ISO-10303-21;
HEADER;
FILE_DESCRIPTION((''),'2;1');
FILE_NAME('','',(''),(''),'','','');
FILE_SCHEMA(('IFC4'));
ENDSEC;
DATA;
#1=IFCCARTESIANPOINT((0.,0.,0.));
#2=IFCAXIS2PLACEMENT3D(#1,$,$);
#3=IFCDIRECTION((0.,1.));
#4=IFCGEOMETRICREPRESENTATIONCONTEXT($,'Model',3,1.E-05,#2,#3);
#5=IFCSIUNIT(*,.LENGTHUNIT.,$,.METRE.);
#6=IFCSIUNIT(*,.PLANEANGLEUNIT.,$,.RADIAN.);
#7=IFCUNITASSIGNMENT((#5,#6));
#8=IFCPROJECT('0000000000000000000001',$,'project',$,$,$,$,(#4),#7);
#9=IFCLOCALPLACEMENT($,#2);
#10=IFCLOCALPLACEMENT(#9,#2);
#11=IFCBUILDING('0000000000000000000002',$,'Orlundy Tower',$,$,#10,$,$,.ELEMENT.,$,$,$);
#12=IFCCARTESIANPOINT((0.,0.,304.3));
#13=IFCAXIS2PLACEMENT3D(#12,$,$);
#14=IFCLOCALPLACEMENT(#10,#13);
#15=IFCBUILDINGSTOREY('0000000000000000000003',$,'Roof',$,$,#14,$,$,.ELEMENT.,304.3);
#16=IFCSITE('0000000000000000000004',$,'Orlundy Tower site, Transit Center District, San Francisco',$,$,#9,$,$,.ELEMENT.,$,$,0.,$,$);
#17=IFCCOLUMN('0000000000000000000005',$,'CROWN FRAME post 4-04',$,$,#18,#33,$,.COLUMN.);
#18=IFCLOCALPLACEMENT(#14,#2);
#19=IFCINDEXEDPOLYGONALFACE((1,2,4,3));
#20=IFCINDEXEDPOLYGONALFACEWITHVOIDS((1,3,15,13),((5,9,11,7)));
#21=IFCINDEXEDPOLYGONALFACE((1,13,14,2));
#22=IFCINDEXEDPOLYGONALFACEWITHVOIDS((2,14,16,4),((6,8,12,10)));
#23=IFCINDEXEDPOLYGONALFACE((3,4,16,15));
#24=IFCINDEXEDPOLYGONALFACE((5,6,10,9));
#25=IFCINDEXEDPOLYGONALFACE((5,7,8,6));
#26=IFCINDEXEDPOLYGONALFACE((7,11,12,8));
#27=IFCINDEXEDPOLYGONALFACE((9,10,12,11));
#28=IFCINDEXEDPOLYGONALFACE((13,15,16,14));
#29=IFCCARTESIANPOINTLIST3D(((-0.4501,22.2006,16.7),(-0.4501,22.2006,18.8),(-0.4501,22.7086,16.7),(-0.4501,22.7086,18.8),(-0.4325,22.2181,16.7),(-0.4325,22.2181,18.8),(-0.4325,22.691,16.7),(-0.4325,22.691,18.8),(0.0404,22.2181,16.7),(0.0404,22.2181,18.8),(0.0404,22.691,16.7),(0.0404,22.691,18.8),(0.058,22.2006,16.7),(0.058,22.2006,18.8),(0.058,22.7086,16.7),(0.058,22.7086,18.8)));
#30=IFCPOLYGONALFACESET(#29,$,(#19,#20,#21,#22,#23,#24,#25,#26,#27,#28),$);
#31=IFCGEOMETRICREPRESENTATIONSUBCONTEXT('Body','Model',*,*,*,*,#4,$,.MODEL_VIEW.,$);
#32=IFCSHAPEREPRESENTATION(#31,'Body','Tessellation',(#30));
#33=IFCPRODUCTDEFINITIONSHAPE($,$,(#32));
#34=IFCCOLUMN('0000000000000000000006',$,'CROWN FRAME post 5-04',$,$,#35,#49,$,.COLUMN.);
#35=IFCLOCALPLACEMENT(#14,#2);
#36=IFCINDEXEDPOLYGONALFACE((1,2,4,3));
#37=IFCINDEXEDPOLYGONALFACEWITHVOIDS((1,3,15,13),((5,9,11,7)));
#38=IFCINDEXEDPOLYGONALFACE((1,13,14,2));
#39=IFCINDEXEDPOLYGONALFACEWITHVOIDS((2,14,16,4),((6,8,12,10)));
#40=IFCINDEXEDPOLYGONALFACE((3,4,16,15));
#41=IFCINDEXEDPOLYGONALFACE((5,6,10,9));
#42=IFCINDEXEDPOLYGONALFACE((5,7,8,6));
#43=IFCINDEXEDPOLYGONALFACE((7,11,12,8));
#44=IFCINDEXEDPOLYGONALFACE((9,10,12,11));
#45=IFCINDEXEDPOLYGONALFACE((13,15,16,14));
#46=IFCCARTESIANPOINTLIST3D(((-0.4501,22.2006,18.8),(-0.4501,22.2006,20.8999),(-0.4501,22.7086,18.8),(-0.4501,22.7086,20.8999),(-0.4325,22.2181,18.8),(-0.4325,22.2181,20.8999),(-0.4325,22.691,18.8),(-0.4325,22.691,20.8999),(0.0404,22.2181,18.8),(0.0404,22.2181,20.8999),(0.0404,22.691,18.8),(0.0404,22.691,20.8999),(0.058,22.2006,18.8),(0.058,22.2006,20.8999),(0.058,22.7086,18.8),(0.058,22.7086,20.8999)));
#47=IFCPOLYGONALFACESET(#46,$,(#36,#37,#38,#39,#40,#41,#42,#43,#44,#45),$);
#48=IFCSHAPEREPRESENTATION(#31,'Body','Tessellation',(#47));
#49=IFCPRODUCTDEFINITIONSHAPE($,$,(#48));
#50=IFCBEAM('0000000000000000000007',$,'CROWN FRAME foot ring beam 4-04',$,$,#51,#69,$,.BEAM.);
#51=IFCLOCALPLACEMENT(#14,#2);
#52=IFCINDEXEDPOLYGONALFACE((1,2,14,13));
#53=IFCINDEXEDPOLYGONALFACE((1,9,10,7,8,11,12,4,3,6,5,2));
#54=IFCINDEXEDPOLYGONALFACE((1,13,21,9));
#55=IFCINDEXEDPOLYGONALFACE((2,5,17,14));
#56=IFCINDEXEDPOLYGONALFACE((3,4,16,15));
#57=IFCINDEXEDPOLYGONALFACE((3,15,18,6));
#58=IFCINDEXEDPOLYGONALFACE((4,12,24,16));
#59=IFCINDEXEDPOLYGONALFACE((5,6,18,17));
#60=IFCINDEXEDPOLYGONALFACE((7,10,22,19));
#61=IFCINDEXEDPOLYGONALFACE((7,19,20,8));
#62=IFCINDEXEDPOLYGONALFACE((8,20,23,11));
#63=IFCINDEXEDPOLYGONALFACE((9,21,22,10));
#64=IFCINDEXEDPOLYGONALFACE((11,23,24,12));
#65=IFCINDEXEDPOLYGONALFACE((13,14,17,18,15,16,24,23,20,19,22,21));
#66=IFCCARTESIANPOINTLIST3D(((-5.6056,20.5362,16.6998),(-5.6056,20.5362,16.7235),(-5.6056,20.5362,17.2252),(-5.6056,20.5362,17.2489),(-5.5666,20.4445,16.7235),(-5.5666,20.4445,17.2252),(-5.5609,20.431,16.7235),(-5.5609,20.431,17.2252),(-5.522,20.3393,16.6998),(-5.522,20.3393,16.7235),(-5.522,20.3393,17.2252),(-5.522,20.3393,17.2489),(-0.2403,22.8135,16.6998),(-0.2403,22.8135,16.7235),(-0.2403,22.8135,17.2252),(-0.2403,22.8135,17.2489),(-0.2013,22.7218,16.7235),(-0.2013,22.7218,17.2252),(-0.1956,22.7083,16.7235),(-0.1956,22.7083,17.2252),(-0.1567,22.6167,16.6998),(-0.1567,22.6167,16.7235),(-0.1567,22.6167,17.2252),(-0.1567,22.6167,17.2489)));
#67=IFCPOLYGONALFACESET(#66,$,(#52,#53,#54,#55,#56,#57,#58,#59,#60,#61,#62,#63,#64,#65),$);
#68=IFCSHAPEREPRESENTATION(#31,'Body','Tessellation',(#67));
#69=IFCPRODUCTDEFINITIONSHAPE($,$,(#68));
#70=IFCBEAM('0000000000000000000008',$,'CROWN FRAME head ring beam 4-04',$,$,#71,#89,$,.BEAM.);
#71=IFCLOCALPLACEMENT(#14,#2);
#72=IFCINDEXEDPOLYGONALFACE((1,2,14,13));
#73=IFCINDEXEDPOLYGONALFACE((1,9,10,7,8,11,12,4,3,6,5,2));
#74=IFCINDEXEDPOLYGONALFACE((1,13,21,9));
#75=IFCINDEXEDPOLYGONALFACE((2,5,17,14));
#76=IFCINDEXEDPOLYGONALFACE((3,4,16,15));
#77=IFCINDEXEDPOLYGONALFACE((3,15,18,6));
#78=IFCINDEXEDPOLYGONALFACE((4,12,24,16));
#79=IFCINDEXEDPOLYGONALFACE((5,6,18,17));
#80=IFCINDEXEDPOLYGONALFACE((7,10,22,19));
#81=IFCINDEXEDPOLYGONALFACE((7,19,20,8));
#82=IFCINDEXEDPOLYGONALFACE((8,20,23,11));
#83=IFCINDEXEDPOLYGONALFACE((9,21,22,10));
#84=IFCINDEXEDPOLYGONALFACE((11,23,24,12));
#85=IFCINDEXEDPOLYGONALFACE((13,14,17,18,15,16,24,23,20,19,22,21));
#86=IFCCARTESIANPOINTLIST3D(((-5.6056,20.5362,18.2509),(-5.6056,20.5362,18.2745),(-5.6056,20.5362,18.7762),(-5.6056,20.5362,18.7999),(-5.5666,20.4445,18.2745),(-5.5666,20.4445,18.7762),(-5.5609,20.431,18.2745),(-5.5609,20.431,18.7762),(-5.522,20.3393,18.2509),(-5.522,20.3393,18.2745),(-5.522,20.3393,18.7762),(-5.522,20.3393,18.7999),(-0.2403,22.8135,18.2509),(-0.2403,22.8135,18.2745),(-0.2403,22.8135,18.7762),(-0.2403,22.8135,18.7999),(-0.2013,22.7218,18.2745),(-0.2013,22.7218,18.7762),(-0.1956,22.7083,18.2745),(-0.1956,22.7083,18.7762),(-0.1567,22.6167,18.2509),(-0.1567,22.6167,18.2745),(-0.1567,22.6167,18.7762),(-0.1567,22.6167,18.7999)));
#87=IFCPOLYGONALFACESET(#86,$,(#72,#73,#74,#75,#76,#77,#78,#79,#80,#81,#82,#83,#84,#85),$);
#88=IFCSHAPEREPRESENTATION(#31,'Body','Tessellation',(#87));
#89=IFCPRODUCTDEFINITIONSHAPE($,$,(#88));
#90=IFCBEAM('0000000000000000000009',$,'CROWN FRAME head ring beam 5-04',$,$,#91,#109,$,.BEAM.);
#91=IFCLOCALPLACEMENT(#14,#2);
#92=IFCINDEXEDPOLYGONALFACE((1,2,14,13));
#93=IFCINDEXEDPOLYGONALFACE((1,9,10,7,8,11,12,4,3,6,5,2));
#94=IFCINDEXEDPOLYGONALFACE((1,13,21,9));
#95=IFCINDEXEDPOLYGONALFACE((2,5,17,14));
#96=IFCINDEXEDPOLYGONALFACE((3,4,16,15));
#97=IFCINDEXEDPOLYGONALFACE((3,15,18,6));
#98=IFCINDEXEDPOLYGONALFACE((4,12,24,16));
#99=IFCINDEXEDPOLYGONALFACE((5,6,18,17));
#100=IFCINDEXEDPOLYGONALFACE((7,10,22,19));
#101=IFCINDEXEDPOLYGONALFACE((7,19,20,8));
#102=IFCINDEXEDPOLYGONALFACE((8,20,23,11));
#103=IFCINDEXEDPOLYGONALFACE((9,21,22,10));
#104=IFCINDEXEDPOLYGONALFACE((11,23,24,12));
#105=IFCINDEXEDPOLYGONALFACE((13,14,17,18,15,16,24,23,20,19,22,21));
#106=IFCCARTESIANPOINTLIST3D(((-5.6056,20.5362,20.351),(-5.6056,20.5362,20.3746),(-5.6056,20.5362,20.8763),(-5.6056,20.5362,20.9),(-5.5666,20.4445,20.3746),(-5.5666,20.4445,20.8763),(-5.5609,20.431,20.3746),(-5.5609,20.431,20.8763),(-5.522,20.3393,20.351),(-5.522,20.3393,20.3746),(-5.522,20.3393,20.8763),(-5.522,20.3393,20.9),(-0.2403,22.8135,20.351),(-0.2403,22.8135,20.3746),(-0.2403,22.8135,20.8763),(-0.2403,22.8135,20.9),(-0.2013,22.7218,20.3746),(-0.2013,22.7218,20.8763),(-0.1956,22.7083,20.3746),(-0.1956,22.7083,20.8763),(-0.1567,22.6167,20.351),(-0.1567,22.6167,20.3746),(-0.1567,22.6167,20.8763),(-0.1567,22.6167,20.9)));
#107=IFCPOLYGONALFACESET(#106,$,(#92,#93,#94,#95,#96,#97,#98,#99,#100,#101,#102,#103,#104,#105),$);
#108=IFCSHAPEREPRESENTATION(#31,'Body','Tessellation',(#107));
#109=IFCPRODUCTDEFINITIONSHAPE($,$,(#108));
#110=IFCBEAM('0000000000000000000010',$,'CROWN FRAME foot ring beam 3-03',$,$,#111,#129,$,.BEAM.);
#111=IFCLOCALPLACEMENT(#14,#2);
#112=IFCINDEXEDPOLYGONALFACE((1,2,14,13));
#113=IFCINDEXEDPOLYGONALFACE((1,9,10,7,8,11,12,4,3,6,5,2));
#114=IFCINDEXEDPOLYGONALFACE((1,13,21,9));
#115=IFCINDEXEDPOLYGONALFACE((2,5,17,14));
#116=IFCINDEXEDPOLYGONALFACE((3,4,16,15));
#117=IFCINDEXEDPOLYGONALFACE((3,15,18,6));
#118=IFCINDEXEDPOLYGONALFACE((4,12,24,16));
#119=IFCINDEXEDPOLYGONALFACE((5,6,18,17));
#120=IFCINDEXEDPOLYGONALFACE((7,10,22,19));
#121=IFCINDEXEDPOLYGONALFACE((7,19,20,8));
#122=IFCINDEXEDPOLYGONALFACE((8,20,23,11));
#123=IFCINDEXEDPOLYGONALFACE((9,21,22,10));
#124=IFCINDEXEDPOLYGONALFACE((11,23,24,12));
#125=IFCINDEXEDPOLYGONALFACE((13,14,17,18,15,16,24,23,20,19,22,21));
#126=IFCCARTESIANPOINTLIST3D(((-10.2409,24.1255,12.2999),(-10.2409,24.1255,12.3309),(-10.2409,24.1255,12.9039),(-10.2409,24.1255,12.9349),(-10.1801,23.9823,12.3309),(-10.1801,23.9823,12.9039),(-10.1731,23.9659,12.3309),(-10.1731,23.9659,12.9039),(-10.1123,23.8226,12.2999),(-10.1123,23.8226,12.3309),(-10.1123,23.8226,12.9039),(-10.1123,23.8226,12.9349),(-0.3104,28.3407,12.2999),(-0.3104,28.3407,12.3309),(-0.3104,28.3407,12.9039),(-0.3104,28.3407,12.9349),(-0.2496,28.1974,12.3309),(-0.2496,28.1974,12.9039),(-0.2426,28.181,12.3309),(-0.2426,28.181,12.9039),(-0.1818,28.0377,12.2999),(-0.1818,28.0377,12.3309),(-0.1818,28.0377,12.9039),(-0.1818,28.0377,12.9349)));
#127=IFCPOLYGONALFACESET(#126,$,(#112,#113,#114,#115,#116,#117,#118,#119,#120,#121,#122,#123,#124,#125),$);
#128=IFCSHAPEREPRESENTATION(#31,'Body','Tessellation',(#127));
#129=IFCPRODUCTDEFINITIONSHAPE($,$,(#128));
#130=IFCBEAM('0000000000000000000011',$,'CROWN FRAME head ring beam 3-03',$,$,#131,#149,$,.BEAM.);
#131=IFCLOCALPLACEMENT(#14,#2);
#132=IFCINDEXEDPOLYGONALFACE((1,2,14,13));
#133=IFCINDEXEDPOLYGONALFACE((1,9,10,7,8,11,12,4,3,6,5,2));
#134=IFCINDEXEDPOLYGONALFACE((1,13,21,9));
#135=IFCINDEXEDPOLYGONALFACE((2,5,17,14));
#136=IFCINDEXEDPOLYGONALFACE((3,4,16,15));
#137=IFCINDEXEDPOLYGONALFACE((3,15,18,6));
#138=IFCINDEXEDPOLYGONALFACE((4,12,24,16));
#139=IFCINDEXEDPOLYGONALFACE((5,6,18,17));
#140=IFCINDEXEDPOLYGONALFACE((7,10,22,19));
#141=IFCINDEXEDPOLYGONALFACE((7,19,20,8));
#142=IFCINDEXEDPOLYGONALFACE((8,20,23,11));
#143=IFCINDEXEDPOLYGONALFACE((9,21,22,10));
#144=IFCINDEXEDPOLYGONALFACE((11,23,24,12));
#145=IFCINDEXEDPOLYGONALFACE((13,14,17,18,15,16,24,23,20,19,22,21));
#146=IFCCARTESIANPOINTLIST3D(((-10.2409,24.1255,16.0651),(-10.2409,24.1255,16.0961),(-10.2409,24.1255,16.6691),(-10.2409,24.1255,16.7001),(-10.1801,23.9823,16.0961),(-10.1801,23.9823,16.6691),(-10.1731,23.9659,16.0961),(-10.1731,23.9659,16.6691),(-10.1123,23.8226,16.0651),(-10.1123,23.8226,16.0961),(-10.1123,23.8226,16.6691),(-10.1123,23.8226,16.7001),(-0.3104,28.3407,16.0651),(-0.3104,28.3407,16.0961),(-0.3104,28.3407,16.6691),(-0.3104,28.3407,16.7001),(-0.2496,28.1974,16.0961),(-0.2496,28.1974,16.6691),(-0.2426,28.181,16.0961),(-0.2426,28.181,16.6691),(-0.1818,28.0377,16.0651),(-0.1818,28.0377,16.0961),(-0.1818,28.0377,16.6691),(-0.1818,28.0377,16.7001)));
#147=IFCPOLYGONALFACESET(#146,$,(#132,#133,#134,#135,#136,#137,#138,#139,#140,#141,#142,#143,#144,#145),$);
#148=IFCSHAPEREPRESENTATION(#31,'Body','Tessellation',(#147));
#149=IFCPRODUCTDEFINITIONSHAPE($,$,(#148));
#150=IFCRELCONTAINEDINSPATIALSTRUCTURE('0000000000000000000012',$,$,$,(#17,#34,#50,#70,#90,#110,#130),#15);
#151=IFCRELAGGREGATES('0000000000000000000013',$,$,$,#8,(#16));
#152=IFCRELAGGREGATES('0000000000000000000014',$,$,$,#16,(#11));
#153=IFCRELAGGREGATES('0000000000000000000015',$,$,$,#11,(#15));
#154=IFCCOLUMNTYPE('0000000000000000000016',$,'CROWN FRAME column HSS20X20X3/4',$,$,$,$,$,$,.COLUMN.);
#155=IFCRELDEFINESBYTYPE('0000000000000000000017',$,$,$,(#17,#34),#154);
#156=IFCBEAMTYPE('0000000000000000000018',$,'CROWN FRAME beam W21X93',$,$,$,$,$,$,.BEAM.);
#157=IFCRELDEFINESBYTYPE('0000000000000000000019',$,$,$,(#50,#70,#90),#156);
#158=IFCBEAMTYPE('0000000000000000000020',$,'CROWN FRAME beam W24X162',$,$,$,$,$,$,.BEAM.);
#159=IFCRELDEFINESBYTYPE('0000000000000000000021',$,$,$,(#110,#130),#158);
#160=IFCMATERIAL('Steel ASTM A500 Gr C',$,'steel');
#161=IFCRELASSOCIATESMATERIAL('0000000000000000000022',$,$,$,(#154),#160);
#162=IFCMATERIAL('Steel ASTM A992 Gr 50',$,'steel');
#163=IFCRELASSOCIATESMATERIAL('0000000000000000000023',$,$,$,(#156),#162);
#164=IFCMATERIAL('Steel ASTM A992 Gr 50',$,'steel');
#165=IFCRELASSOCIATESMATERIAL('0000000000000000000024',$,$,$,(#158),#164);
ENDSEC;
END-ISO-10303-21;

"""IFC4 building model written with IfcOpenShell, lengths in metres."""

from ifc_helpers import new_model, si_unit, direction, frame, origin, origin_2d, place, context, subcontext, project, spatial, hollow_rectangle, i_section, extrude, material, material_profile, profile_set, type_object, element, save


model = new_model("IFC4")

# Units and contexts
model_context = context("Model", 3, precision=1e-05, world=origin(), true_north=direction((0.0, 1.0)))
body_context = subcontext(model_context, "Body", "Model", "MODEL_VIEW")
ifc_project = project(units=[si_unit("LENGTHUNIT", "METRE"), si_unit("PLANEANGLEUNIT", "RADIAN")], contexts=[model_context])

# Site, building, storey
site_placement = place(None, origin())
site = spatial("IfcSite", under=ifc_project, at=site_placement, Name="Orlundy Tower site, Transit Center District, San Francisco", CompositionType="ELEMENT", RefElevation=0.0)
building_placement = place(site_placement, origin())
building = spatial("IfcBuilding", under=site, at=building_placement, Name="Orlundy Tower", CompositionType="ELEMENT")
storey_placement = place(building_placement, frame((0.0, 0.0, 304.3)))
storey = spatial("IfcBuildingStorey", under=building, at=storey_placement, Name="Roof", CompositionType="ELEMENT", Elevation=304.3)

# Columns
ifc_material_1 = material(Name="Steel ASTM A500 Gr C", Category="steel")
ifc_material_profile_1 = material_profile(ifc_material_1, hollow_rectangle(XDim=0.5081, YDim=0.5081, WallThickness=0.0176, at=origin_2d()), Name="HSS20X20X3/4")
ifc_profile_set_1 = profile_set([ifc_material_profile_1], Name="Steel ASTM A500 Gr C")
column_type = type_object("IfcColumnType", Name="CROWN FRAME column HSS20X20X3/4", PredefinedType="COLUMN", material=ifc_profile_set_1)
column_1_placement = place(storey_placement, frame((-0.196, 22.4546, 16.7), z_axis=(0.0, 0.0, 1.0), x_axis=(1.0, 0.0, 0.0)))
element("IfcColumn", 1, at=column_1_placement, inside=storey, type_object=column_type, Name="CROWN FRAME post 4-04", PredefinedType="COLUMN", context=body_context, shape_type="SweptSolid", body=[
    extrude(hollow_rectangle(XDim=0.5081, YDim=0.5081, WallThickness=0.0176, at=origin_2d()), origin(), (0.0, 0.0, 1.0), 2.1001),
])
column_2_placement = place(storey_placement, frame((-0.196, 22.4546, 18.8), z_axis=(0.0, 0.0, 1.0), x_axis=(1.0, 0.0, 0.0)))
element("IfcColumn", 2, at=column_2_placement, inside=storey, type_object=column_type, Name="CROWN FRAME post 5-04", PredefinedType="COLUMN", context=body_context, shape_type="SweptSolid", body=[
    extrude(hollow_rectangle(XDim=0.5081, YDim=0.5081, WallThickness=0.0176, at=origin_2d()), origin(), (0.0, 0.0, 1.0), 2.0999),
])

# Beams
ifc_material_2 = material(Name="Steel ASTM A992 Gr 50", Category="steel")
ifc_material_profile_2 = material_profile(ifc_material_2, i_section(OverallWidth=0.2139, OverallDepth=0.5491, WebThickness=0.0146, FlangeThickness=0.0237, at=origin_2d()), Name="W21X93")
ifc_profile_set_2 = profile_set([ifc_material_profile_2], Name="Steel ASTM A992 Gr 50")
beam_type_1 = type_object("IfcBeamType", Name="CROWN FRAME beam W21X93", PredefinedType="BEAM", material=ifc_profile_set_2)
for number, where, z_axis, x_axis, name in (
    (3, (-0.1985, 22.7151, 16.9744), (-0.920509, -0.390722, 0.0), (0.390722, -0.920509, 0.0), "CROWN FRAME foot ring beam 4-04"),
    (4, (-0.1985, 22.7151, 18.5254), (-0.920509, -0.390722, 0.0), (0.390722, -0.920509, 0.0), "CROWN FRAME head ring beam 4-04"),
    (5, (-0.1985, 22.7151, 20.6255), (-0.920509, -0.390722, 0.0), (0.390722, -0.920509, 0.0), "CROWN FRAME head ring beam 5-04"),
):
    element("IfcBeam", number, at=place(storey_placement, frame(where, z_axis=z_axis, x_axis=x_axis)), inside=storey, type_object=beam_type_1, Name=name, PredefinedType="BEAM", context=body_context, shape_type="SweptSolid", body=[
        extrude(i_section(OverallWidth=0.2139, OverallDepth=0.5491, WebThickness=0.0146, FlangeThickness=0.0237, at=origin_2d()), origin(), (0.0, 0.0, 1.0), 5.8286),
    ])
ifc_material_3 = material(Name="Steel ASTM A992 Gr 50", Category="steel")
ifc_material_profile_3 = material_profile(ifc_material_3, i_section(OverallWidth=0.3291, OverallDepth=0.635, WebThickness=0.0178, FlangeThickness=0.031, at=origin_2d()), Name="W24X162")
ifc_profile_set_3 = profile_set([ifc_material_profile_3], Name="Steel ASTM A992 Gr 50")
beam_type_2 = type_object("IfcBeamType", Name="CROWN FRAME beam W24X162", PredefinedType="BEAM", material=ifc_profile_set_3)
for number, where, z_axis, x_axis, name in (
    (6, (-0.2461, 28.1892, 12.6174), (-0.920509, -0.390721, 0.0), (0.390721, -0.920509, 0.0), "CROWN FRAME foot ring beam 3-03"),
    (7, (-0.2461, 28.1892, 16.3826), (-0.920509, -0.390721, 0.0), (0.390721, -0.920509, 0.0), "CROWN FRAME head ring beam 3-03"),
):
    element("IfcBeam", number, at=place(storey_placement, frame(where, z_axis=z_axis, x_axis=x_axis)), inside=storey, type_object=beam_type_2, Name=name, PredefinedType="BEAM", context=body_context, shape_type="SweptSolid", body=[
        extrude(i_section(OverallWidth=0.3291, OverallDepth=0.635, WebThickness=0.0178, FlangeThickness=0.031, at=origin_2d()), origin(), (0.0, 0.0, 1.0), 10.7881),
    ])

save(model, "model.ifc")
